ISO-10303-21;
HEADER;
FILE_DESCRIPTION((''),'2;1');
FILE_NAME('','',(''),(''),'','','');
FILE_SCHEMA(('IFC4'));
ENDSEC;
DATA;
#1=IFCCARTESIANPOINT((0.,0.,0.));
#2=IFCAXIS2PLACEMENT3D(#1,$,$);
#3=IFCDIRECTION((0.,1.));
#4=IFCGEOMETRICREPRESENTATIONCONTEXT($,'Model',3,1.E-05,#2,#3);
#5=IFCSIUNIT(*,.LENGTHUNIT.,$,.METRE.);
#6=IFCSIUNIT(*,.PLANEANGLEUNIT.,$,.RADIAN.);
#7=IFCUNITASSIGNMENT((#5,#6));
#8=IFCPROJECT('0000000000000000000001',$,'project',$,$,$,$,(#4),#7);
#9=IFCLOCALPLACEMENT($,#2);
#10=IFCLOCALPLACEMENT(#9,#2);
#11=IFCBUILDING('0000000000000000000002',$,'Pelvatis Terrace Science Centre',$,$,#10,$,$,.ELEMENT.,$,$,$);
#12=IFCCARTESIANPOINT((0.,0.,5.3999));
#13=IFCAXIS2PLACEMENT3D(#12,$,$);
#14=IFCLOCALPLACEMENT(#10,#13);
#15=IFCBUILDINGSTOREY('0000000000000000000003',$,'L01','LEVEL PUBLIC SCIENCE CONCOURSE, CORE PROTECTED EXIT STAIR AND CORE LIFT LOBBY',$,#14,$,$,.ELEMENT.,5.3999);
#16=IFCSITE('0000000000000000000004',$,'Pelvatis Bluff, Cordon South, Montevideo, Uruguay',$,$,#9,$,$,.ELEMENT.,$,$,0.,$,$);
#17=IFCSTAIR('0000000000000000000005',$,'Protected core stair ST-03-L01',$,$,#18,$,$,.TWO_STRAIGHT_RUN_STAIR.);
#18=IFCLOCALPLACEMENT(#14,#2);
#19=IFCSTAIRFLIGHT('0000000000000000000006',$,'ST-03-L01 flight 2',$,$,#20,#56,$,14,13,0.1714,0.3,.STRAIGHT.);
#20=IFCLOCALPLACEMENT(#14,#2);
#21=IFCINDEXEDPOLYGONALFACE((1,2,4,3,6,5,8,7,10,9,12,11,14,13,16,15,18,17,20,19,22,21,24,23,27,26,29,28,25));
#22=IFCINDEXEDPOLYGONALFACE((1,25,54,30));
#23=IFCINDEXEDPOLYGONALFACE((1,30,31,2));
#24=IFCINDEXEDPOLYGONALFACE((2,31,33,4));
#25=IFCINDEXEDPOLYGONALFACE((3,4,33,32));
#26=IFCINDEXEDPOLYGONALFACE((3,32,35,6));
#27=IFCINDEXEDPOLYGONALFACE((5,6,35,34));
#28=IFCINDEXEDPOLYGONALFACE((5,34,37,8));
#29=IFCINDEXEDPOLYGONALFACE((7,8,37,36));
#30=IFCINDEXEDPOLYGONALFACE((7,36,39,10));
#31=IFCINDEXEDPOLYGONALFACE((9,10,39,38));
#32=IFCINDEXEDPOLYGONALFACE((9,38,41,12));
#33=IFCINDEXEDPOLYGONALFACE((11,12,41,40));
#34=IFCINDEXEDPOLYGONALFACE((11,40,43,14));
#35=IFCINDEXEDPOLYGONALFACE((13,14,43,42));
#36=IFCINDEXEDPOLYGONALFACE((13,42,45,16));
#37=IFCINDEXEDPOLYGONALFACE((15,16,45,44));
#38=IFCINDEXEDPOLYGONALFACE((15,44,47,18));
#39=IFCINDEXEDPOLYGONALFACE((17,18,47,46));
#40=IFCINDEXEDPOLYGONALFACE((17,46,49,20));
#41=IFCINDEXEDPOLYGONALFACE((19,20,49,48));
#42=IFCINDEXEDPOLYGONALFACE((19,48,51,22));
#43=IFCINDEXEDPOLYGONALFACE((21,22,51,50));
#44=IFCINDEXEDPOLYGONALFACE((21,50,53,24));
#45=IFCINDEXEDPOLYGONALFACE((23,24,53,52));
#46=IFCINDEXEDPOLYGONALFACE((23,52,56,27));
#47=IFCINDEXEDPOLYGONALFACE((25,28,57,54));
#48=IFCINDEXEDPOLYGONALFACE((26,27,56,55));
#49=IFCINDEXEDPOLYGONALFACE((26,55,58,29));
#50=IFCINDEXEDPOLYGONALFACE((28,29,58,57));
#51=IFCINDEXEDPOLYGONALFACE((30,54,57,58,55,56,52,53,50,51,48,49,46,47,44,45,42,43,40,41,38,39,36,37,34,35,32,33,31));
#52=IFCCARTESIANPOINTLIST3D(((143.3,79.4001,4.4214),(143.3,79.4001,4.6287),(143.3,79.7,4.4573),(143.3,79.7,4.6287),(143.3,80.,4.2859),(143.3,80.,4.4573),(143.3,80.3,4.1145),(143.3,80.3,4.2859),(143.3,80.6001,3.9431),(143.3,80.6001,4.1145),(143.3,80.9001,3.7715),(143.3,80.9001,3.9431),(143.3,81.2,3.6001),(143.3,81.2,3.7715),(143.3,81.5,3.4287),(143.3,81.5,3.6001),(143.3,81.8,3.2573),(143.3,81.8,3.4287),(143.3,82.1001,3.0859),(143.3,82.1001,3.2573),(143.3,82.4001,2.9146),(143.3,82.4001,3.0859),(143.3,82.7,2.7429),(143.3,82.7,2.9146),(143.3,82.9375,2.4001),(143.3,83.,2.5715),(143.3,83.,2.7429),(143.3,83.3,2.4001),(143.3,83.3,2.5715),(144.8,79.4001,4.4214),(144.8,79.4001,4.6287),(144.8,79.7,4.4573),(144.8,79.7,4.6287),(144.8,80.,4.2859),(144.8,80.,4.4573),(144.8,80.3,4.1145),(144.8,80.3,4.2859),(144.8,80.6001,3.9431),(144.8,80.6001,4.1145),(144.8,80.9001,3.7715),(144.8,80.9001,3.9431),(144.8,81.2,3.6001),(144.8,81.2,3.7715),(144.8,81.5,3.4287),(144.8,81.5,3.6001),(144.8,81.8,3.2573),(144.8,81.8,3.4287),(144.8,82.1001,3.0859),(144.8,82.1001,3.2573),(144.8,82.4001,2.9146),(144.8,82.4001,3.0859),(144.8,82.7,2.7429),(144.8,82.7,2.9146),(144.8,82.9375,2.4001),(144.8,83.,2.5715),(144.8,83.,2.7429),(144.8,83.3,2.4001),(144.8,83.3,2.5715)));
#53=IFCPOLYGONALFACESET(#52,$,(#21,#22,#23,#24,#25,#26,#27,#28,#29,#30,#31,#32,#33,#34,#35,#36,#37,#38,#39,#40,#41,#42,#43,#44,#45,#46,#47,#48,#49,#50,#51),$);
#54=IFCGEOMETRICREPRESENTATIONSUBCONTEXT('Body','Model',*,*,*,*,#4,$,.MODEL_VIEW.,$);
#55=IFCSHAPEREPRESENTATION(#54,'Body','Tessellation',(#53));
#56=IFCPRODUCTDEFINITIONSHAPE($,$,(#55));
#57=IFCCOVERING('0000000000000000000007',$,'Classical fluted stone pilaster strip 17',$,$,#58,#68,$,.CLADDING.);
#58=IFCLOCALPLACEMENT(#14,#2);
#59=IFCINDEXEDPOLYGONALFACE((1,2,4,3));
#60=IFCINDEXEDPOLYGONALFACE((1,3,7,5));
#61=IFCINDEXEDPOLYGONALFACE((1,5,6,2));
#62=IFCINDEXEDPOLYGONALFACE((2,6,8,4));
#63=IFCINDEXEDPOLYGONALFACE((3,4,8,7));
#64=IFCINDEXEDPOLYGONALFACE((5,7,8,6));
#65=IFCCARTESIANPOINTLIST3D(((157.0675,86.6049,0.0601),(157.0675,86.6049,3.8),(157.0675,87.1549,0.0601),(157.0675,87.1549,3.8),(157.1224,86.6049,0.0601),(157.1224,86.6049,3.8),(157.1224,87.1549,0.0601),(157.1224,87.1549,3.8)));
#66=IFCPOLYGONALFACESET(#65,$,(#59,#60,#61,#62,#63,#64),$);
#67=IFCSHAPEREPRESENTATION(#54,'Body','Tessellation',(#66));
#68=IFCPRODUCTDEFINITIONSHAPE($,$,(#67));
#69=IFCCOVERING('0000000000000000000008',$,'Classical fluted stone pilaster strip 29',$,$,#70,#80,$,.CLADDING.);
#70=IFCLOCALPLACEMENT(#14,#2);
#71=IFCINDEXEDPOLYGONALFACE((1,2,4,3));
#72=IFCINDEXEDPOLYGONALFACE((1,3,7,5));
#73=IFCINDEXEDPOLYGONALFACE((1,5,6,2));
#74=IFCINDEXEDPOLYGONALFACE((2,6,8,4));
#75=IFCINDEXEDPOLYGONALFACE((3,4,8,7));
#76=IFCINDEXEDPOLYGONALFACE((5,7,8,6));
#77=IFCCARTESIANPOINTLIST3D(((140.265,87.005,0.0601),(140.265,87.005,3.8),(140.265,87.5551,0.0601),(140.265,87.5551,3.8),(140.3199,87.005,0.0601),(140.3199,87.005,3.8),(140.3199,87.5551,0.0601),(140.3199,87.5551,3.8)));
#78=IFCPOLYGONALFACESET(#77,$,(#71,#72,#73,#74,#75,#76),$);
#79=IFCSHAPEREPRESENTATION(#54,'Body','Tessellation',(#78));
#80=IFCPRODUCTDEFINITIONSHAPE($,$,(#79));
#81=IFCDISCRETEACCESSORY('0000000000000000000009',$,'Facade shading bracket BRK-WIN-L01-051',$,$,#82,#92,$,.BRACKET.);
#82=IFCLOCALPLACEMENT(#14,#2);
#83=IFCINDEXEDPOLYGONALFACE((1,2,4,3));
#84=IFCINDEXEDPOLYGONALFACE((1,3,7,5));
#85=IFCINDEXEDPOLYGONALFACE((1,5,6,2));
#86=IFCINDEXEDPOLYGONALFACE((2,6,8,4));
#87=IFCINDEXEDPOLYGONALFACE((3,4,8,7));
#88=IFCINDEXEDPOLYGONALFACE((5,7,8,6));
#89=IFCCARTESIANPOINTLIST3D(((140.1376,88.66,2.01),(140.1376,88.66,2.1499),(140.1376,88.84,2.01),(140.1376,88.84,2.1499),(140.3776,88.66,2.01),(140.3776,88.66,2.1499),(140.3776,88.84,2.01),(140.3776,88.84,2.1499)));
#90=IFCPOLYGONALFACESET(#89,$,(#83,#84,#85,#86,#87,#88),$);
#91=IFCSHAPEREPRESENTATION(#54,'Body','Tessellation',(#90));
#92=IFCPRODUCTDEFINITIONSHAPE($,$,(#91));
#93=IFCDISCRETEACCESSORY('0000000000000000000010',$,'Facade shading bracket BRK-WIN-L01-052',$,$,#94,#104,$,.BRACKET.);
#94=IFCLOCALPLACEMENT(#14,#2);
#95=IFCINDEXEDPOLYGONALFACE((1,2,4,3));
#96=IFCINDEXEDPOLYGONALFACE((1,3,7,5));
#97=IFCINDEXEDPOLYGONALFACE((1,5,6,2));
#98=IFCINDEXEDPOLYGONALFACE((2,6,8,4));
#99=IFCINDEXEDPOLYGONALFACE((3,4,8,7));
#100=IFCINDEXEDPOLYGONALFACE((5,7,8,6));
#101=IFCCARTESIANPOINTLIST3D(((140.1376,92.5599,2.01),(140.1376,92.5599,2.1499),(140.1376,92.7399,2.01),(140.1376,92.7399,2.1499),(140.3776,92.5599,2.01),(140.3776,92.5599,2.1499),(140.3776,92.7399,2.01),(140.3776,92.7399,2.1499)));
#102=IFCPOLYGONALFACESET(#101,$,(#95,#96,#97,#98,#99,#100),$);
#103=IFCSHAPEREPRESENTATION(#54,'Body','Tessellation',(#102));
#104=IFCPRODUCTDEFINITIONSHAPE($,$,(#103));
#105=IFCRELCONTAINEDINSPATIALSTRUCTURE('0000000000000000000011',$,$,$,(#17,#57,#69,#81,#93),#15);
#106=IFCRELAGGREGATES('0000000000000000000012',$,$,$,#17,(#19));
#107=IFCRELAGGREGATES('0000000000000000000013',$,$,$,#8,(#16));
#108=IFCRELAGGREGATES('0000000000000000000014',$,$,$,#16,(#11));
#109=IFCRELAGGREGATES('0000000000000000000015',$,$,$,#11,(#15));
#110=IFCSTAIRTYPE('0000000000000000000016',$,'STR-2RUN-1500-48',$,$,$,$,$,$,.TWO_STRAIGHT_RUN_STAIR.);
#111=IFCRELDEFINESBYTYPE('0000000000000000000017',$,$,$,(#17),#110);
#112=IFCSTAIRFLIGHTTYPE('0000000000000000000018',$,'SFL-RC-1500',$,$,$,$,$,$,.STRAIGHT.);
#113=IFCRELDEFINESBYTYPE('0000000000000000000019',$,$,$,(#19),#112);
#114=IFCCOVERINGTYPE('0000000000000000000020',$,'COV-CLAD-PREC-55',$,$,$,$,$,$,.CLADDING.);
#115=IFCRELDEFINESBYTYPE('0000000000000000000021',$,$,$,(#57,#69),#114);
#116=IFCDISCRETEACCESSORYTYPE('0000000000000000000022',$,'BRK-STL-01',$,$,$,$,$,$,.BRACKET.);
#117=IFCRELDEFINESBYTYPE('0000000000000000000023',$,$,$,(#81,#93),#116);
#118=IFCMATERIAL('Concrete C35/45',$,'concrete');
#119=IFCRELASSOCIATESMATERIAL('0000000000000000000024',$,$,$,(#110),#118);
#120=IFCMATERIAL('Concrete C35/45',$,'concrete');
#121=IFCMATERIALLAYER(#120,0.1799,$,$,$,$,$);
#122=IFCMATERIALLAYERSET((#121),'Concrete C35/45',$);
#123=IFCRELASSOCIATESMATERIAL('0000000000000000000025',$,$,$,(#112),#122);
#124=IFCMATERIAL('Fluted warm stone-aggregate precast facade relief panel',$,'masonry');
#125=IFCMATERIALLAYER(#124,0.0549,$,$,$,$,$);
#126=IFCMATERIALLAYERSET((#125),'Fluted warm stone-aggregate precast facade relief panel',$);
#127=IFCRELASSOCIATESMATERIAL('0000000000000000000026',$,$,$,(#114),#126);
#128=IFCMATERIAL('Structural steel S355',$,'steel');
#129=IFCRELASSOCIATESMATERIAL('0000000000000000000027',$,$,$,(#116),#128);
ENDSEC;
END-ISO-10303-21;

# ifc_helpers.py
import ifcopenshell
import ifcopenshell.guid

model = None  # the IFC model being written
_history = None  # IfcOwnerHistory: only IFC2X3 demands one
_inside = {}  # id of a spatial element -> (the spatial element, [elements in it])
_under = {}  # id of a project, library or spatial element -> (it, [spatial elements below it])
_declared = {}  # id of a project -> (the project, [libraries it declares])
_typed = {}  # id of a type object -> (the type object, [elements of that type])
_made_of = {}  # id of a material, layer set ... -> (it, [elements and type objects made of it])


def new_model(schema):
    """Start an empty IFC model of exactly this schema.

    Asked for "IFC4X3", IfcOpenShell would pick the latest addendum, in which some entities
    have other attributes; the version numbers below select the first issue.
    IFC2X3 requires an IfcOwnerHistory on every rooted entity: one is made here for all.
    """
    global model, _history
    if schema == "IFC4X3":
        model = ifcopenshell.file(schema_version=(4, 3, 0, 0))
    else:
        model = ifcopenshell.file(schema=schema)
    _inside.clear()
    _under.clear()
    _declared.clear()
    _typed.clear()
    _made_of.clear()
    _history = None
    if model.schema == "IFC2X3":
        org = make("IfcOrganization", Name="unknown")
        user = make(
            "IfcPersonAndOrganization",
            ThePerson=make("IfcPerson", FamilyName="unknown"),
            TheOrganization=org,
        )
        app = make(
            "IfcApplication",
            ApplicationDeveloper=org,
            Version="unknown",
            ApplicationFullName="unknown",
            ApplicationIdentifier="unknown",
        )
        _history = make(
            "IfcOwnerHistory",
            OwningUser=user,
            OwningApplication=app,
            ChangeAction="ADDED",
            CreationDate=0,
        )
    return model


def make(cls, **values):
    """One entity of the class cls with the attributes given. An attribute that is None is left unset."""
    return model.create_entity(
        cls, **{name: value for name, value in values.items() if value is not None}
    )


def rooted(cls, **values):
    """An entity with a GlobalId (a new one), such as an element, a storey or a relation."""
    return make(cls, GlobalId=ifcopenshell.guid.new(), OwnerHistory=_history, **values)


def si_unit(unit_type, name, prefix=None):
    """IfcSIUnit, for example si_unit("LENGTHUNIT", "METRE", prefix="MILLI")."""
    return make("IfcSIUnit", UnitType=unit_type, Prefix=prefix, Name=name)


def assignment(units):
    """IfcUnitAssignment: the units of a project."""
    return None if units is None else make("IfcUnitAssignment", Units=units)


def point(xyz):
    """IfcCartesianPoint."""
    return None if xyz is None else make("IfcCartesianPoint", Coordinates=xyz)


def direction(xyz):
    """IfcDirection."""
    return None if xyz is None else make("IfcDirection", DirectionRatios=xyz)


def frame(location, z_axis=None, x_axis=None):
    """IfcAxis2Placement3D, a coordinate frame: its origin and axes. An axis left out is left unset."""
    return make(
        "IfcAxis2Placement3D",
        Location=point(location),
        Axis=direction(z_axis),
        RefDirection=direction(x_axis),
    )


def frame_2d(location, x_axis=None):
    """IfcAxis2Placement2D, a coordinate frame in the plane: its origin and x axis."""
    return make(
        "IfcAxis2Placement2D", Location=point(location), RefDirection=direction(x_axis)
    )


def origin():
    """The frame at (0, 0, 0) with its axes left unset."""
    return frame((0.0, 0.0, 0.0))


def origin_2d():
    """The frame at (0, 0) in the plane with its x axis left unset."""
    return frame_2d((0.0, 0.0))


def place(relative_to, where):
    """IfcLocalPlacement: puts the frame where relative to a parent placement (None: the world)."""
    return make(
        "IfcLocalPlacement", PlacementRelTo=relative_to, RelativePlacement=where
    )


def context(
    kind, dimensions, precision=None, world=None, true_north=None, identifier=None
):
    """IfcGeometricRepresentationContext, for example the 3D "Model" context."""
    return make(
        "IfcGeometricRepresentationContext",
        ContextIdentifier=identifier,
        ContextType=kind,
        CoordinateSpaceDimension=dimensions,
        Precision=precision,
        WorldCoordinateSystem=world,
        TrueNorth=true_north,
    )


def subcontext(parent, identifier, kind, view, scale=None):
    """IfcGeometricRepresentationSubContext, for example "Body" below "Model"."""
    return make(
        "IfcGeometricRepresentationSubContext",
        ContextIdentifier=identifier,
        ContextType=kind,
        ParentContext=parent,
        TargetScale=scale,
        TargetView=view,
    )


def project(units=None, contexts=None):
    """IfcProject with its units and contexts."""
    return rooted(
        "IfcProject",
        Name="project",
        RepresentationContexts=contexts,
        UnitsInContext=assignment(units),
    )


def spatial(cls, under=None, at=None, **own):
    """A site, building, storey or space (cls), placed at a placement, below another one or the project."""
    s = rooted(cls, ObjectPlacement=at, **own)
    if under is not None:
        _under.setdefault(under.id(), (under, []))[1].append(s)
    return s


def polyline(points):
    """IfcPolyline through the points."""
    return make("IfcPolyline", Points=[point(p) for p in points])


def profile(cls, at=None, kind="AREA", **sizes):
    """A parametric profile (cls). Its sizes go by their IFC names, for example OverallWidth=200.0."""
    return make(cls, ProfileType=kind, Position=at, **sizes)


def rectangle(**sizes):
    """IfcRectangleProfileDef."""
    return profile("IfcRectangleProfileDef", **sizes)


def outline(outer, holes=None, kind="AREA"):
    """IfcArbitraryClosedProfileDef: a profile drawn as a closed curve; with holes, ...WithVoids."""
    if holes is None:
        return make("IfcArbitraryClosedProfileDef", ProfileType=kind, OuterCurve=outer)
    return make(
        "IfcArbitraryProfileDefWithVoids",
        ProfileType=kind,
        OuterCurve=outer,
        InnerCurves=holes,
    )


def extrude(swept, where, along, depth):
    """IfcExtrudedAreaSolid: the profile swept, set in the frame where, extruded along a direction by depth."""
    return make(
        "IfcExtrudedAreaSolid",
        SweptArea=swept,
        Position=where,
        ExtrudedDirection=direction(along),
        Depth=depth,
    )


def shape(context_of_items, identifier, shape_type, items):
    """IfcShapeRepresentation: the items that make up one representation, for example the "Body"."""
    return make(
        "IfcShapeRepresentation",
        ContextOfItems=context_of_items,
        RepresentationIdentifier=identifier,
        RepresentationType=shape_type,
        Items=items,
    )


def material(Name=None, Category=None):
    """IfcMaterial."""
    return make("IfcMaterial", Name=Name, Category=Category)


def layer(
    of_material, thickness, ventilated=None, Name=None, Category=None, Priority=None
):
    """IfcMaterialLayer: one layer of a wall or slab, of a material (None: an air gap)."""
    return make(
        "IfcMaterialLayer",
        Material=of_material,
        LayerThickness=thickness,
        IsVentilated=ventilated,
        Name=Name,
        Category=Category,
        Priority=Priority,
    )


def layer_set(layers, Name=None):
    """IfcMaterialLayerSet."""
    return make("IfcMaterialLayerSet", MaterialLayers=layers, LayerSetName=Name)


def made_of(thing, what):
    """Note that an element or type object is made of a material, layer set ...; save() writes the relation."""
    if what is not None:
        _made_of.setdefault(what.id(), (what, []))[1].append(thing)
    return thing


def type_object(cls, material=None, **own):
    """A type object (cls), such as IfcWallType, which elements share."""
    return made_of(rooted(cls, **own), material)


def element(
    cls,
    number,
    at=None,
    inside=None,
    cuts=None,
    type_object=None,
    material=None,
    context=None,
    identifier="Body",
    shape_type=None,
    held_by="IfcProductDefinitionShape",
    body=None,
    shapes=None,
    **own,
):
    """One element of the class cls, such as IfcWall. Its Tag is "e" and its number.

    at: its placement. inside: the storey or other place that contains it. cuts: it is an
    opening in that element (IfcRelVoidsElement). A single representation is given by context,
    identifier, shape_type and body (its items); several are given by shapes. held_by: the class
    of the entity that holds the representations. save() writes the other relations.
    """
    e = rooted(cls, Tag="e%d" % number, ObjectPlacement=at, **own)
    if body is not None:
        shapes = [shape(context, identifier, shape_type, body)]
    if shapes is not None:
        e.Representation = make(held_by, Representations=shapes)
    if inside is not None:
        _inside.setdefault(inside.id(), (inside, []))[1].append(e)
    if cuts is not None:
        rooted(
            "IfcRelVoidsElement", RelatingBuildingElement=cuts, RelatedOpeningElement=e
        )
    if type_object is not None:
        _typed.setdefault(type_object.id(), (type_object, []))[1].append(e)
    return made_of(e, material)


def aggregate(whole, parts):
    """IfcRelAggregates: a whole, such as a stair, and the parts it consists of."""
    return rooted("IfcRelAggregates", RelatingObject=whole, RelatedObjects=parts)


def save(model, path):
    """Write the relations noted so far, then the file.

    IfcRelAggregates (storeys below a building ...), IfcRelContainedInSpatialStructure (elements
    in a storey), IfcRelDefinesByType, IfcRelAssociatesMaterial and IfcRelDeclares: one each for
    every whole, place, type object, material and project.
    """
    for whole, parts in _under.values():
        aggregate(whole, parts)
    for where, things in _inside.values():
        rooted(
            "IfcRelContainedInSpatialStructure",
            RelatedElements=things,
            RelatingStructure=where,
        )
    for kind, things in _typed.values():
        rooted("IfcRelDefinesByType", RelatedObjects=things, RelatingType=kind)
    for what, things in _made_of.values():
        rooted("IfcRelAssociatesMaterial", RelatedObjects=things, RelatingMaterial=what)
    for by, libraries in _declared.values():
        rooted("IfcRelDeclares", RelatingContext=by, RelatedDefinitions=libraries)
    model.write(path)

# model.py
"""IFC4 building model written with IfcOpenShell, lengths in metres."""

from ifc_helpers import new_model, si_unit, direction, frame, origin, origin_2d, place, context, subcontext, project, spatial, polyline, rectangle, outline, extrude, material, layer, layer_set, type_object, element, aggregate, save


model = new_model("IFC4")

# Units and contexts
model_context = context("Model", 3, precision=1e-05, world=origin(), true_north=direction((0.0, 1.0)))
body_context = subcontext(model_context, "Body", "Model", "MODEL_VIEW")
ifc_project = project(units=[si_unit("LENGTHUNIT", "METRE"), si_unit("PLANEANGLEUNIT", "RADIAN")], contexts=[model_context])

# Site, building, storey
site_placement = place(None, origin())
site = spatial("IfcSite", under=ifc_project, at=site_placement, Name="Pelvatis Bluff, Cordon South, Montevideo, Uruguay", CompositionType="ELEMENT", RefElevation=0.0)
building_placement = place(site_placement, origin())
building = spatial("IfcBuilding", under=site, at=building_placement, Name="Pelvatis Terrace Science Centre", CompositionType="ELEMENT")
storey_placement = place(building_placement, frame((0.0, 0.0, 5.3999)))
storey = spatial("IfcBuildingStorey", under=building, at=storey_placement, Name="L01", Description="LEVEL PUBLIC SCIENCE CONCOURSE, CORE PROTECTED EXIT STAIR AND CORE LIFT LOBBY", CompositionType="ELEMENT", Elevation=5.3999)

# Stair, stair flight
ifc_material_1 = material(Name="Concrete C35/45", Category="concrete")
stair_type = type_object("IfcStairType", Name="STR-2RUN-1500-48", PredefinedType="TWO_STRAIGHT_RUN_STAIR", material=ifc_material_1)
stair_placement = place(storey_placement, origin())
stair = element("IfcStair", 1, at=stair_placement, inside=storey, type_object=stair_type, Name="Protected core stair ST-03-L01", PredefinedType="TWO_STRAIGHT_RUN_STAIR")
ifc_material_2 = material(Name="Concrete C35/45", Category="concrete")
ifc_layer_1 = layer(ifc_material_2, 0.1799)
ifc_layer_set_1 = layer_set([ifc_layer_1], Name="Concrete C35/45")
stair_flight_type = type_object("IfcStairFlightType", Name="SFL-RC-1500", PredefinedType="STRAIGHT", material=ifc_layer_set_1)
stair_flight_placement = place(storey_placement, frame((144.05, 83.3, 2.4001), z_axis=(0.0, 0.0, 1.0), x_axis=(0.0, -1.0, 0.0)))
stair_flight = element("IfcStairFlight", 2, at=stair_flight_placement, type_object=stair_flight_type, Name="ST-03-L01 flight 2", NumberOfRisers=14, NumberOfTreads=13, PredefinedType="STRAIGHT", RiserHeight=0.1714, TreadLength=0.3, context=body_context, shape_type="SweptSolid", body=[
    extrude(outline(polyline([(0.0, 0.0), (0.0, 0.1714), (0.3, 0.1714), (0.3, 0.3428), (0.6001, 0.3428), (0.6001, 0.5144), (0.8999, 0.5144), (0.8999, 0.6858), (1.2, 0.6858), (1.2, 0.8572), (1.5, 0.8572), (1.5, 1.0286), (1.8, 1.0286), (1.8, 1.2), (2.1001, 1.2), (2.1001, 1.3713), (2.3999, 1.3713), (2.3999, 1.543), (2.7, 1.543), (2.7, 1.7144), (3.0, 1.7144), (3.0, 1.8857), (3.3, 1.8857), (3.3, 2.0571), (3.6001, 2.0571), (3.6001, 2.2285), (3.8999, 2.2285), (3.8999, 2.3999), (3.8999, 2.0212), (0.3625, 0.0), (0.0, 0.0)])), frame((0.0, 0.75, 0.0), z_axis=(0.0, -1.0, 0.0), x_axis=(1.0, 0.0, 0.0)), (0.0, 0.0, 1.0), 1.5),
])
aggregate(stair, [stair_flight])

# Coverings
ifc_material_3 = material(Name="Fluted warm stone-aggregate precast facade relief panel", Category="masonry")
ifc_layer_2 = layer(ifc_material_3, 0.0549)
ifc_layer_set_2 = layer_set([ifc_layer_2], Name="Fluted warm stone-aggregate precast facade relief panel")
covering_type = type_object("IfcCoveringType", Name="COV-CLAD-PREC-55", PredefinedType="CLADDING", material=ifc_layer_set_2)
for number, where, z_axis, x_axis, name in (
    (3, (157.095, 86.8799, 0.0601), (0.0, 0.0, 1.0), (1.0, 0.0, 0.0), "Classical fluted stone pilaster strip 17"),
    (4, (140.2925, 87.28, 0.0601), (0.0, 0.0, 1.0), (1.0, 0.0, 0.0), "Classical fluted stone pilaster strip 29"),
):
    element("IfcCovering", number, at=place(storey_placement, frame(where, z_axis=z_axis, x_axis=x_axis)), inside=storey, type_object=covering_type, Name=name, PredefinedType="CLADDING", context=body_context, shape_type="SweptSolid", body=[
        extrude(rectangle(XDim=0.0549, YDim=0.55, at=origin_2d()), origin(), (0.0, 0.0, 1.0), 3.74),
    ])

# Discrete accessories
ifc_material_4 = material(Name="Structural steel S355", Category="steel")
discrete_accessory_type = type_object("IfcDiscreteAccessoryType", Name="BRK-STL-01", PredefinedType="BRACKET", material=ifc_material_4)
for number, where, name in (
    (5, (140.2576, 88.75, 2.01), "Facade shading bracket BRK-WIN-L01-051"),
    (6, (140.2576, 92.6499, 2.01), "Facade shading bracket BRK-WIN-L01-052"),
):
    element("IfcDiscreteAccessory", number, at=place(storey_placement, frame(where)), inside=storey, type_object=discrete_accessory_type, Name=name, PredefinedType="BRACKET", context=body_context, shape_type="SweptSolid", body=[
        extrude(rectangle(XDim=0.24, YDim=0.18, at=origin_2d()), origin(), (0.0, 0.0, 1.0), 0.1399),
    ])

save(model, "model.ifc")
